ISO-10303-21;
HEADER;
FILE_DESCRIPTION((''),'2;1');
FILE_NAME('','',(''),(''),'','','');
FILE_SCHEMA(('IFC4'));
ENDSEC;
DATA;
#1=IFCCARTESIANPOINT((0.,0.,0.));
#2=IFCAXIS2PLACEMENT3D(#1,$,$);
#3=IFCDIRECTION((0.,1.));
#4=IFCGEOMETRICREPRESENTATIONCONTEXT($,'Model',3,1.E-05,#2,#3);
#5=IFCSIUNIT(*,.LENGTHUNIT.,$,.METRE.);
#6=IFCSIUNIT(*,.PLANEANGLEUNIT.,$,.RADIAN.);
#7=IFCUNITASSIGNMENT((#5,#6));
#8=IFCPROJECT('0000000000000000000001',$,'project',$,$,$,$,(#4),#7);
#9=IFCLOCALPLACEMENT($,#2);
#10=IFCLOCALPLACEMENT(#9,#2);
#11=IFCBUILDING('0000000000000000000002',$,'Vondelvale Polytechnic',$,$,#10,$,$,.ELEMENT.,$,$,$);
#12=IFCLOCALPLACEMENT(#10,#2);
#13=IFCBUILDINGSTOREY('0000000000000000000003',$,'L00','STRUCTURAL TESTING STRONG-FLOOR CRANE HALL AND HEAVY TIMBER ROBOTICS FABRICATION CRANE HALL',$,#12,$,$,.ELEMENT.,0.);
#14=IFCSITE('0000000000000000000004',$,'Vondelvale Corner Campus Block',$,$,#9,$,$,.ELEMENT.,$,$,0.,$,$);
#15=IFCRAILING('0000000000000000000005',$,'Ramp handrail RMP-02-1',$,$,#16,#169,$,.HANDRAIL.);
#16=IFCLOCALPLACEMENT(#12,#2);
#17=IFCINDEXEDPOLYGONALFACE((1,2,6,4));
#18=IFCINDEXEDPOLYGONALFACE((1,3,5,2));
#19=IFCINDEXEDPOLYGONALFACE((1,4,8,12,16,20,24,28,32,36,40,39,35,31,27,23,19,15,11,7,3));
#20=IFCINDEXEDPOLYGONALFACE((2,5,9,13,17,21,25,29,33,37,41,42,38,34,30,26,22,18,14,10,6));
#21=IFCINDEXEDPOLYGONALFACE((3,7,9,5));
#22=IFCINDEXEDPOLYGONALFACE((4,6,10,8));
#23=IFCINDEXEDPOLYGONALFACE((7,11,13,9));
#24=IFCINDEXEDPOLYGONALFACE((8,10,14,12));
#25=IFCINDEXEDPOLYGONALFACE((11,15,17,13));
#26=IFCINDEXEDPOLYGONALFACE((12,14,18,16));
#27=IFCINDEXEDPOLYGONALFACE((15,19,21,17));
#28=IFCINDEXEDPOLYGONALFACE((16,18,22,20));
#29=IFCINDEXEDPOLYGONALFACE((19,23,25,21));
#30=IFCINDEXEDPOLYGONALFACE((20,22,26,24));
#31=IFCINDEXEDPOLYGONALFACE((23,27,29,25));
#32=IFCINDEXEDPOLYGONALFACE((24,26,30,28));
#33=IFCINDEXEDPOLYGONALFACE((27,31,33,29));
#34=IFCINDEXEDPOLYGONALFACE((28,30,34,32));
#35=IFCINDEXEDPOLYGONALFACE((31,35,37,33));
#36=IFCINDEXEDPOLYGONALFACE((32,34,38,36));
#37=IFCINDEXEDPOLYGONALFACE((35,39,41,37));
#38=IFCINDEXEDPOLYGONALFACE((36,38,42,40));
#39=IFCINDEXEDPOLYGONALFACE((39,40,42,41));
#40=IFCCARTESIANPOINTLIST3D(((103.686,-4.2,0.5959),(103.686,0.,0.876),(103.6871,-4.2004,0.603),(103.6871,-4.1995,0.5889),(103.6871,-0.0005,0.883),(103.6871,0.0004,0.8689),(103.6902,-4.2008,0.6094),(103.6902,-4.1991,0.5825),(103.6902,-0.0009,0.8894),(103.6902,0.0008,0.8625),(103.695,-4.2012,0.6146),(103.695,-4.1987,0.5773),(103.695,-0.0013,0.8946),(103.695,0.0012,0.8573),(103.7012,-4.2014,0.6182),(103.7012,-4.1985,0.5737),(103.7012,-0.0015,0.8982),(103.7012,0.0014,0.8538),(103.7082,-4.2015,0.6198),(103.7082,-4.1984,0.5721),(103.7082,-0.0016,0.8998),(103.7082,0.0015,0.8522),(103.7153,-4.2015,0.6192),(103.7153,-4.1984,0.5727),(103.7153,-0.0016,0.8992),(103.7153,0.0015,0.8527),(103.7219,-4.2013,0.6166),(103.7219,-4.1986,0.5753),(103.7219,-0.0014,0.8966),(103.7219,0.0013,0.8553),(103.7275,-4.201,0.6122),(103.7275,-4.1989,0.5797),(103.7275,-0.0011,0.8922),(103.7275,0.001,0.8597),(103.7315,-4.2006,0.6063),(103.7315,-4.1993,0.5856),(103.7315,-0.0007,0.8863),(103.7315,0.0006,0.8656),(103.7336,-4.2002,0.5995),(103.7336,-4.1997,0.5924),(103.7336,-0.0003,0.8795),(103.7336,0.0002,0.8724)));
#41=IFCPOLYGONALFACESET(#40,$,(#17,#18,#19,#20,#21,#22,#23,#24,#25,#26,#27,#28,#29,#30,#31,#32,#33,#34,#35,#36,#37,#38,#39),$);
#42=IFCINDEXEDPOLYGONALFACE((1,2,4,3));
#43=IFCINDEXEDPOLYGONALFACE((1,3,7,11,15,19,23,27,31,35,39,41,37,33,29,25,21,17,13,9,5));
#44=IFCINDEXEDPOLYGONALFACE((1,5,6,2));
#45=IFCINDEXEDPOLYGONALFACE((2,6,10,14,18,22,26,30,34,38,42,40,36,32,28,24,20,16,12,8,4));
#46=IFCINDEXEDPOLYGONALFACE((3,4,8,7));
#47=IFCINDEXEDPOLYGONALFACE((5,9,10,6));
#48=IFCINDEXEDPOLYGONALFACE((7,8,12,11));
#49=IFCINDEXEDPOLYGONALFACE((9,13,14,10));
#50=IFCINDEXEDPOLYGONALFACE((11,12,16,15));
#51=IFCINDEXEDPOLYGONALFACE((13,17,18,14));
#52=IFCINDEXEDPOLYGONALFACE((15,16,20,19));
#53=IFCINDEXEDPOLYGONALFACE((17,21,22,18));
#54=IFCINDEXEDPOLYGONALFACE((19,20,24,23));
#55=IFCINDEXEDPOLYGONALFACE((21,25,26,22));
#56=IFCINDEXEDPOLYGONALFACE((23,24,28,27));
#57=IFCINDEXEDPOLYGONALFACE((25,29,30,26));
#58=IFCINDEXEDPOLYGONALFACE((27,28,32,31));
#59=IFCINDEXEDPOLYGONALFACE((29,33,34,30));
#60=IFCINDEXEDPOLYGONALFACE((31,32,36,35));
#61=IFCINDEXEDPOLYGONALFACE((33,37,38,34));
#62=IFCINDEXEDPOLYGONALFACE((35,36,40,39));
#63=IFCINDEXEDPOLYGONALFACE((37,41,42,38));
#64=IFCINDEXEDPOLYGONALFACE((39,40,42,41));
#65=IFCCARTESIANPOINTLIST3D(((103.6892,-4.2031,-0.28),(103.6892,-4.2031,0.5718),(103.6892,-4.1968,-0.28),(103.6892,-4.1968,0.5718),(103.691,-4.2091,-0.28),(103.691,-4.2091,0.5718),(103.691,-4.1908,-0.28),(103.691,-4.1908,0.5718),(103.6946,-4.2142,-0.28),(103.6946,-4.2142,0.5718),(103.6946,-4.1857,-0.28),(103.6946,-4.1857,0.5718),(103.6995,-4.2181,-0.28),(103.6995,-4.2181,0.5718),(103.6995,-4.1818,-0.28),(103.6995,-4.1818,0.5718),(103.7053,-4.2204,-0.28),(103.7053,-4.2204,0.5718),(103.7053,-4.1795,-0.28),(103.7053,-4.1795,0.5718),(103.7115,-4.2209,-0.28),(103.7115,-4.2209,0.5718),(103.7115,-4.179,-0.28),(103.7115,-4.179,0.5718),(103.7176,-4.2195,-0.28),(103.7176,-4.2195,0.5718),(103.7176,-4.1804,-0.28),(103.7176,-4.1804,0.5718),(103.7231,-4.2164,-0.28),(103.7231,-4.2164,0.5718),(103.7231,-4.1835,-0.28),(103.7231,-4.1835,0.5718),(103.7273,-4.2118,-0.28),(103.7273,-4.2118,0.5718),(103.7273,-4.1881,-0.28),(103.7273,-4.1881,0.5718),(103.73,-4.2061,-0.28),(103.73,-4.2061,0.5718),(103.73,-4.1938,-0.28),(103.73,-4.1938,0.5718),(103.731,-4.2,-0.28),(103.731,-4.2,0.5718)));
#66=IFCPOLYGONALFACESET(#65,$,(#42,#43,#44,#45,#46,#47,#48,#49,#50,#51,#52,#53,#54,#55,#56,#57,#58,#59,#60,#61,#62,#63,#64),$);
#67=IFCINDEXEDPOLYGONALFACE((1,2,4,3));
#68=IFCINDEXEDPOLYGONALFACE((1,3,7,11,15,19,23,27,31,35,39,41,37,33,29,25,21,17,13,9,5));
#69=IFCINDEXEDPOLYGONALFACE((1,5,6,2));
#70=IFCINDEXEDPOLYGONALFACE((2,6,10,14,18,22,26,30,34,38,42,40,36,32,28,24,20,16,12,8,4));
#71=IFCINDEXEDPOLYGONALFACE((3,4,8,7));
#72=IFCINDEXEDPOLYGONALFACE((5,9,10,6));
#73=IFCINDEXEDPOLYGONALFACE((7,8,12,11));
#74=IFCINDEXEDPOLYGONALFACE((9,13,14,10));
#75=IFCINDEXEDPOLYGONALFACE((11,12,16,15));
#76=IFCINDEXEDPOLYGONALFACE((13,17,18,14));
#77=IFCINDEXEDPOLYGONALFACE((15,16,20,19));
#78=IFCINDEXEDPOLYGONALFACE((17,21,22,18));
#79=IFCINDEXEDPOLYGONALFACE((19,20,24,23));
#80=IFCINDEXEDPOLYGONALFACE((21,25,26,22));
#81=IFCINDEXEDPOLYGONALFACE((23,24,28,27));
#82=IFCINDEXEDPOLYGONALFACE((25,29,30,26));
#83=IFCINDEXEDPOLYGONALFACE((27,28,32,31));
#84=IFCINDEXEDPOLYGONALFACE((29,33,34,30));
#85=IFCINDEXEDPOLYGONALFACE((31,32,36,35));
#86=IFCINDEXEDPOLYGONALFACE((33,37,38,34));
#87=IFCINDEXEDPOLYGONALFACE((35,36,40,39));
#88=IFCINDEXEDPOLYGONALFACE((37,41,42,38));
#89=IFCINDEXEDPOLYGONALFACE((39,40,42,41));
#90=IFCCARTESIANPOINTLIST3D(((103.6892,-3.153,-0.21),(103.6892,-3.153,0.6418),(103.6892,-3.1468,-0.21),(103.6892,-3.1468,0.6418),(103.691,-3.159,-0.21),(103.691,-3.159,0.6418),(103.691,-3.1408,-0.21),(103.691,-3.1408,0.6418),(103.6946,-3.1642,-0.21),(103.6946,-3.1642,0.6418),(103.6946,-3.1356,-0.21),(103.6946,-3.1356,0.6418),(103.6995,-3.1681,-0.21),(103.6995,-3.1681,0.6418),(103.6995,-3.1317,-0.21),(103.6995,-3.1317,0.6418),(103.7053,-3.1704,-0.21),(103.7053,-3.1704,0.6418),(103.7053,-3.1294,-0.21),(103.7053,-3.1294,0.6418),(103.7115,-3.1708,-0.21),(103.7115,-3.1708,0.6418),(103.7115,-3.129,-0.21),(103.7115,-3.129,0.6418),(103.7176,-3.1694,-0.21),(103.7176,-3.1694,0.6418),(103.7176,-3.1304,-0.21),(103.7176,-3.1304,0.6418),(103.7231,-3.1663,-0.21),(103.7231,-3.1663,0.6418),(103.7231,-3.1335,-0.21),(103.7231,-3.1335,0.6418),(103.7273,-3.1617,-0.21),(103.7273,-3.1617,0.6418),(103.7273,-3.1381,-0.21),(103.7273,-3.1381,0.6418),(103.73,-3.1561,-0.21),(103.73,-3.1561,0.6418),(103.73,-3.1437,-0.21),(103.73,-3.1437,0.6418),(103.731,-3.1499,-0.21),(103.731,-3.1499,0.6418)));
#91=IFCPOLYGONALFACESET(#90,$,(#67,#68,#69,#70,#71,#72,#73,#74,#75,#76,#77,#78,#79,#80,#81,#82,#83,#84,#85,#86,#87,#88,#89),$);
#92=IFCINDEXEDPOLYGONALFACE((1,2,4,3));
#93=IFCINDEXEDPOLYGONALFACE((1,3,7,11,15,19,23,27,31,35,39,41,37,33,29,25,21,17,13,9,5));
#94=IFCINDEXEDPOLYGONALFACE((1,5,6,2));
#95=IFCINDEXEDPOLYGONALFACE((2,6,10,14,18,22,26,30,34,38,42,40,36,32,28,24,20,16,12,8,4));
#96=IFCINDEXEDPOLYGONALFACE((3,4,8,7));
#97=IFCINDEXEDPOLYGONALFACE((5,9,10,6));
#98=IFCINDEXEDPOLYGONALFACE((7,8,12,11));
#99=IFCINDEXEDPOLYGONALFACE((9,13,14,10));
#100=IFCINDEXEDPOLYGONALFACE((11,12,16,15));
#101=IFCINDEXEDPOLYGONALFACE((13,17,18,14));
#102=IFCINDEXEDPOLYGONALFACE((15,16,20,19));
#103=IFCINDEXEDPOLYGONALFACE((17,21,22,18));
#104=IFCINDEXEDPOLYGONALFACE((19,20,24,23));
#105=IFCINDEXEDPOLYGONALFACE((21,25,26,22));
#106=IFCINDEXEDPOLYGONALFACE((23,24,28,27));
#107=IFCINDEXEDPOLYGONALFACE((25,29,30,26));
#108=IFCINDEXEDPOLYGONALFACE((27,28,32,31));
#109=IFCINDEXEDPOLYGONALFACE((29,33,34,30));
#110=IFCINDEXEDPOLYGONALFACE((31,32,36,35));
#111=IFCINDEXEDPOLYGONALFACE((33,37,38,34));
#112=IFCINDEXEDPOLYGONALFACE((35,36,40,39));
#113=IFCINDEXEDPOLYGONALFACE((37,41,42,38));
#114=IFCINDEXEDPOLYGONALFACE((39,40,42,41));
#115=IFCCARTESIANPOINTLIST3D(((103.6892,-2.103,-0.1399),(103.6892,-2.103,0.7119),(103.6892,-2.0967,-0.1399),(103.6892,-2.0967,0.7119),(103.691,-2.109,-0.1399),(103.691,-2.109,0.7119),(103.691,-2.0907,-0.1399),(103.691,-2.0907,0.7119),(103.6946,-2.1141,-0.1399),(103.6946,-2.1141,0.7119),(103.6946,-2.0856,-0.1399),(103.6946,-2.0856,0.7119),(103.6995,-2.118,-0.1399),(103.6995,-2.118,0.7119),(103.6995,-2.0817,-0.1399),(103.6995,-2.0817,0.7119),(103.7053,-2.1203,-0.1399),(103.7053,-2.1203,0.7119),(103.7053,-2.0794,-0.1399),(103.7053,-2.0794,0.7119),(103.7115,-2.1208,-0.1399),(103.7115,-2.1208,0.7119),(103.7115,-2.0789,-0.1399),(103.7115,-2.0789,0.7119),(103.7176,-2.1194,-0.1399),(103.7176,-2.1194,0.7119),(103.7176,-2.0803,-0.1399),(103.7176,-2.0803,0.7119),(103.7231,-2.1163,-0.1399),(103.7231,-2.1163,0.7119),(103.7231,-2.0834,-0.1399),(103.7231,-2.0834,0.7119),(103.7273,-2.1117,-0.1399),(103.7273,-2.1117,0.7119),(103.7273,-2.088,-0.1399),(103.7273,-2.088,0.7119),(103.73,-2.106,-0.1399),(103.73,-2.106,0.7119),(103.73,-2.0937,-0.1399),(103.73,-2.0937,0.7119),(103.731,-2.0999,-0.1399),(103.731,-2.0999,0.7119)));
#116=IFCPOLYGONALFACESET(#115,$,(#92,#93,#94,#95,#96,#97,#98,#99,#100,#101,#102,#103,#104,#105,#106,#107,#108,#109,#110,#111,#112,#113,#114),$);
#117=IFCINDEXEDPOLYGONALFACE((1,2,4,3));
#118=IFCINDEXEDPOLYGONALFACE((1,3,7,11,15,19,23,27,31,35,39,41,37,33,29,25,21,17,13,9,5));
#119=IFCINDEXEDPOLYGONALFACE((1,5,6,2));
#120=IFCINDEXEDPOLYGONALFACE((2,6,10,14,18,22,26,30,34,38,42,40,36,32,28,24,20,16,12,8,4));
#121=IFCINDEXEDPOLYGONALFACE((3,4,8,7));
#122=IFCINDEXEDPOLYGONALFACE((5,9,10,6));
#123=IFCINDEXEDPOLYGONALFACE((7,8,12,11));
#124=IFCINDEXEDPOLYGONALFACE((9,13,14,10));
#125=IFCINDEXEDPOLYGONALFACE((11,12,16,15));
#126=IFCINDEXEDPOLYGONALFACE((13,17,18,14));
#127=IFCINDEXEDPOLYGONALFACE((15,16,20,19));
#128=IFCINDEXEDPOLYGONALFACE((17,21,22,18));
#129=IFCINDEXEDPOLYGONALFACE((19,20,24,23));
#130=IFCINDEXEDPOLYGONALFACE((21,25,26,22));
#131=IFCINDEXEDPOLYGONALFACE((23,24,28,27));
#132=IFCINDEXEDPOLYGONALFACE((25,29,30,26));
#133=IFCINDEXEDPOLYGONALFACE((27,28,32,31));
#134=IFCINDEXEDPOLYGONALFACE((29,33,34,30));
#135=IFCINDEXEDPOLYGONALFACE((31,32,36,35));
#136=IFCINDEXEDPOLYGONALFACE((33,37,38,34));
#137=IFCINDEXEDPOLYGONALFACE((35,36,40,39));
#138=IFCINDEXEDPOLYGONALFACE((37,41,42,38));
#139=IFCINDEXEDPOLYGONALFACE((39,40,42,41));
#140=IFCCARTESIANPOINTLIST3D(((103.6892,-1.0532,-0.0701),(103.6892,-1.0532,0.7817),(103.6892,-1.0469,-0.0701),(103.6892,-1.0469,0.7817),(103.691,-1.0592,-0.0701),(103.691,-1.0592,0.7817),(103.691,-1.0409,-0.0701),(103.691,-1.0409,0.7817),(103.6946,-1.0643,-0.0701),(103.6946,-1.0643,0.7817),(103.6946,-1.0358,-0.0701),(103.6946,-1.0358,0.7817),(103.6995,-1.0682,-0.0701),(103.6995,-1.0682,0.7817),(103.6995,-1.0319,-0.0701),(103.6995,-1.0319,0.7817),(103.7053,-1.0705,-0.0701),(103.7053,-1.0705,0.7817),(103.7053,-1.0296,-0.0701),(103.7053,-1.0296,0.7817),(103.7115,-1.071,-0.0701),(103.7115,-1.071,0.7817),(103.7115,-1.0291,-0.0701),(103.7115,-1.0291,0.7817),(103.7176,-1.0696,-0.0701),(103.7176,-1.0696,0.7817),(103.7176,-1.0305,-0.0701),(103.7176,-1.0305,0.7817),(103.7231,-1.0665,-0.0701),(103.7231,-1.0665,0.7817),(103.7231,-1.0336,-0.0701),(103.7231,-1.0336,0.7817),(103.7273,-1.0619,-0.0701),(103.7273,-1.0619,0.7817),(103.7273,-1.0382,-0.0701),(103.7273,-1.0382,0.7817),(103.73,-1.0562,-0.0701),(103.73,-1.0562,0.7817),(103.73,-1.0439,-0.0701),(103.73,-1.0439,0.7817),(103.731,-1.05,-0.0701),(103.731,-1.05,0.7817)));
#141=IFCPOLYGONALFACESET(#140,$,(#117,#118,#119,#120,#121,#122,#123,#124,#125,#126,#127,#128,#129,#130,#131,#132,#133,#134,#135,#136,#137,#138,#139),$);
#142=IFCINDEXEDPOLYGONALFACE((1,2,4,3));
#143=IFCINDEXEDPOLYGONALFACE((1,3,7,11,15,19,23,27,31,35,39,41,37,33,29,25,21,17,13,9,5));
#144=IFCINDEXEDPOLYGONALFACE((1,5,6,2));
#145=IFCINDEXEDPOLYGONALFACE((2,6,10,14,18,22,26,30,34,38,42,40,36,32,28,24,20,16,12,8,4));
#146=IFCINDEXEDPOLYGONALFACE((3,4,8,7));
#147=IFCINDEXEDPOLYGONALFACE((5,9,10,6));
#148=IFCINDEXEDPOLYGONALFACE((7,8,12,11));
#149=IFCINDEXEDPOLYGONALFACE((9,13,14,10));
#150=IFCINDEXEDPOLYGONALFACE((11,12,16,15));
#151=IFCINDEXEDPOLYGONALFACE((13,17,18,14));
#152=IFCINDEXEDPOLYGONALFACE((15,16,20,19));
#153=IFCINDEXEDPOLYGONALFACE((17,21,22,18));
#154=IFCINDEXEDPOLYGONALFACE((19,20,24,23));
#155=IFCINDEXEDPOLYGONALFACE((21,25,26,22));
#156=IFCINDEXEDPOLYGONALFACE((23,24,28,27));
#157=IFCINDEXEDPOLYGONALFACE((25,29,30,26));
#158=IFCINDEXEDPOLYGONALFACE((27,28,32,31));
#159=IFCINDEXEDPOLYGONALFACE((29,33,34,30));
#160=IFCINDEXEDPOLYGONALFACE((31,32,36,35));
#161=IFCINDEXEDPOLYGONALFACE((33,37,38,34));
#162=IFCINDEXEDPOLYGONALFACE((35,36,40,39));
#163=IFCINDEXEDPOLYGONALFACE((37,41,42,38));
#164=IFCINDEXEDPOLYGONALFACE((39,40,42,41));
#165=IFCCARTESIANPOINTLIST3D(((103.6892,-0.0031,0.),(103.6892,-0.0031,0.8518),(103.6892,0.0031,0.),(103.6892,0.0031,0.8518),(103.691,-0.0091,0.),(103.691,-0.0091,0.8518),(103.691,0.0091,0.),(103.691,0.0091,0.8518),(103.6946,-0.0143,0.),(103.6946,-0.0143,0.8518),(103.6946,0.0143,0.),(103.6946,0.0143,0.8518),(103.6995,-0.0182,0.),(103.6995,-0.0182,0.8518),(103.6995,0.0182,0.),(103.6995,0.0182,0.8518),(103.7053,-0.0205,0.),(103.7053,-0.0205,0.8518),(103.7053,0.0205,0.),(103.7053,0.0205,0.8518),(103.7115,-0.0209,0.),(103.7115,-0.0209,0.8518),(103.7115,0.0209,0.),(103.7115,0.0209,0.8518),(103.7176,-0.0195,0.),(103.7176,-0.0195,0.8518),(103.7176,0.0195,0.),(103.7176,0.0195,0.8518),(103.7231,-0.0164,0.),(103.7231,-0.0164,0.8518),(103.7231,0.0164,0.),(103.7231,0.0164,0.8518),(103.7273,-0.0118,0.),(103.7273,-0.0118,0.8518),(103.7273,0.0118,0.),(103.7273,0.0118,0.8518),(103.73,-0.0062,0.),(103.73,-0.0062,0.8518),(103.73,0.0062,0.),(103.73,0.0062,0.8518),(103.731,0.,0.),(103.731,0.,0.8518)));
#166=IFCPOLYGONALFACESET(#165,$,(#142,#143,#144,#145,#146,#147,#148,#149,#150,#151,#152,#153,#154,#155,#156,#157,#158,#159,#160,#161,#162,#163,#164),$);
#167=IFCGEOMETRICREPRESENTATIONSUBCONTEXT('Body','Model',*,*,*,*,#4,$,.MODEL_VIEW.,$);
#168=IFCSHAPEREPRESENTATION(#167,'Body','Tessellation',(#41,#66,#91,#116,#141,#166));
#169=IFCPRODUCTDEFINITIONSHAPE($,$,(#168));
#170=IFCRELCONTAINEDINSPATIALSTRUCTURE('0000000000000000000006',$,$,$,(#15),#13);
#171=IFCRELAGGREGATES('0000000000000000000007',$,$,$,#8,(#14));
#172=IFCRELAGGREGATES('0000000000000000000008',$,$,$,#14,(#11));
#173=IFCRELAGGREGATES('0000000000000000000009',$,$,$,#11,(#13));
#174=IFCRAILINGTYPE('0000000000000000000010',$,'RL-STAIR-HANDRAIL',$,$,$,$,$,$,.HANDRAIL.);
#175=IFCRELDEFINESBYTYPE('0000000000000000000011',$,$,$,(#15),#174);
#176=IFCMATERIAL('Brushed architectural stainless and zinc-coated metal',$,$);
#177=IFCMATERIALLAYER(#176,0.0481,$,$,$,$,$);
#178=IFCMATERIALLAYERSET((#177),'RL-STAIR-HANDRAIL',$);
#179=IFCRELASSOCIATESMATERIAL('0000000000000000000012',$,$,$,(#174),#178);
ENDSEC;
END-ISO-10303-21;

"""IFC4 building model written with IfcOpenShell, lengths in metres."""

from ifc_helpers import new_model, si_unit, direction, frame, origin, origin_2d, place, context, subcontext, project, spatial, circle, extrude, material, layer, layer_set, type_object, element, save


model = new_model("IFC4")

# Units and contexts
model_context = context("Model", 3, precision=1e-05, world=origin(), true_north=direction((0.0, 1.0)))
body_context = subcontext(model_context, "Body", "Model", "MODEL_VIEW")
ifc_project = project(units=[si_unit("LENGTHUNIT", "METRE"), si_unit("PLANEANGLEUNIT", "RADIAN")], contexts=[model_context])

# Site, building, storey
site_placement = place(None, origin())
site = spatial("IfcSite", under=ifc_project, at=site_placement, Name="Vondelvale Corner Campus Block", CompositionType="ELEMENT", RefElevation=0.0)
building_placement = place(site_placement, origin())
building = spatial("IfcBuilding", under=site, at=building_placement, Name="Vondelvale Polytechnic", CompositionType="ELEMENT")
storey_placement = place(building_placement, origin())
storey = spatial("IfcBuildingStorey", under=building, at=storey_placement, Name="L00", Description="STRUCTURAL TESTING STRONG-FLOOR CRANE HALL AND HEAVY TIMBER ROBOTICS FABRICATION CRANE HALL", CompositionType="ELEMENT", Elevation=0.0)

# Railing
ifc_material_1 = material(Name="Brushed architectural stainless and zinc-coated metal")
ifc_layer_1 = layer(ifc_material_1, 0.0481)
ifc_layer_set_1 = layer_set([ifc_layer_1], Name="RL-STAIR-HANDRAIL")
railing_type = type_object("IfcRailingType", Name="RL-STAIR-HANDRAIL", PredefinedType="HANDRAIL", material=ifc_layer_set_1)
for number, where, name in (
    (1, (103.71, -4.2, -0.28), "Ramp handrail RMP-02-1"),
):
    element("IfcRailing", number, at=place(storey_placement, frame(where)), inside=storey, type_object=railing_type, Name=name, PredefinedType="HANDRAIL", context=body_context, shape_type="SweptSolid", body=[
        extrude(circle(Radius=0.0239, at=origin_2d()), frame((0.0, 0.0, 0.876), z_axis=(0.0, 0.997785, 0.066527), x_axis=(-1.0, 0.0, 0.0)), (0.0, 0.0, 1.0), 4.2092),
        extrude(circle(Radius=0.021, at=origin_2d()), origin(), (0.0, 0.0, 1.0), 0.8518),
        extrude(circle(Radius=0.021, at=origin_2d()), frame((0.0, 1.05, 0.0701)), (0.0, 0.0, 1.0), 0.8518),
        extrude(circle(Radius=0.021, at=origin_2d()), frame((0.0, 2.1001, 0.1401)), (0.0, 0.0, 1.0), 0.8518),
        extrude(circle(Radius=0.021, at=origin_2d()), frame((0.0, 3.1499, 0.21)), (0.0, 0.0, 1.0), 0.8518),
        extrude(circle(Radius=0.021, at=origin_2d()), frame((0.0, 4.2, 0.28)), (0.0, 0.0, 1.0), 0.8518),
    ])

save(model, "model.ifc")
